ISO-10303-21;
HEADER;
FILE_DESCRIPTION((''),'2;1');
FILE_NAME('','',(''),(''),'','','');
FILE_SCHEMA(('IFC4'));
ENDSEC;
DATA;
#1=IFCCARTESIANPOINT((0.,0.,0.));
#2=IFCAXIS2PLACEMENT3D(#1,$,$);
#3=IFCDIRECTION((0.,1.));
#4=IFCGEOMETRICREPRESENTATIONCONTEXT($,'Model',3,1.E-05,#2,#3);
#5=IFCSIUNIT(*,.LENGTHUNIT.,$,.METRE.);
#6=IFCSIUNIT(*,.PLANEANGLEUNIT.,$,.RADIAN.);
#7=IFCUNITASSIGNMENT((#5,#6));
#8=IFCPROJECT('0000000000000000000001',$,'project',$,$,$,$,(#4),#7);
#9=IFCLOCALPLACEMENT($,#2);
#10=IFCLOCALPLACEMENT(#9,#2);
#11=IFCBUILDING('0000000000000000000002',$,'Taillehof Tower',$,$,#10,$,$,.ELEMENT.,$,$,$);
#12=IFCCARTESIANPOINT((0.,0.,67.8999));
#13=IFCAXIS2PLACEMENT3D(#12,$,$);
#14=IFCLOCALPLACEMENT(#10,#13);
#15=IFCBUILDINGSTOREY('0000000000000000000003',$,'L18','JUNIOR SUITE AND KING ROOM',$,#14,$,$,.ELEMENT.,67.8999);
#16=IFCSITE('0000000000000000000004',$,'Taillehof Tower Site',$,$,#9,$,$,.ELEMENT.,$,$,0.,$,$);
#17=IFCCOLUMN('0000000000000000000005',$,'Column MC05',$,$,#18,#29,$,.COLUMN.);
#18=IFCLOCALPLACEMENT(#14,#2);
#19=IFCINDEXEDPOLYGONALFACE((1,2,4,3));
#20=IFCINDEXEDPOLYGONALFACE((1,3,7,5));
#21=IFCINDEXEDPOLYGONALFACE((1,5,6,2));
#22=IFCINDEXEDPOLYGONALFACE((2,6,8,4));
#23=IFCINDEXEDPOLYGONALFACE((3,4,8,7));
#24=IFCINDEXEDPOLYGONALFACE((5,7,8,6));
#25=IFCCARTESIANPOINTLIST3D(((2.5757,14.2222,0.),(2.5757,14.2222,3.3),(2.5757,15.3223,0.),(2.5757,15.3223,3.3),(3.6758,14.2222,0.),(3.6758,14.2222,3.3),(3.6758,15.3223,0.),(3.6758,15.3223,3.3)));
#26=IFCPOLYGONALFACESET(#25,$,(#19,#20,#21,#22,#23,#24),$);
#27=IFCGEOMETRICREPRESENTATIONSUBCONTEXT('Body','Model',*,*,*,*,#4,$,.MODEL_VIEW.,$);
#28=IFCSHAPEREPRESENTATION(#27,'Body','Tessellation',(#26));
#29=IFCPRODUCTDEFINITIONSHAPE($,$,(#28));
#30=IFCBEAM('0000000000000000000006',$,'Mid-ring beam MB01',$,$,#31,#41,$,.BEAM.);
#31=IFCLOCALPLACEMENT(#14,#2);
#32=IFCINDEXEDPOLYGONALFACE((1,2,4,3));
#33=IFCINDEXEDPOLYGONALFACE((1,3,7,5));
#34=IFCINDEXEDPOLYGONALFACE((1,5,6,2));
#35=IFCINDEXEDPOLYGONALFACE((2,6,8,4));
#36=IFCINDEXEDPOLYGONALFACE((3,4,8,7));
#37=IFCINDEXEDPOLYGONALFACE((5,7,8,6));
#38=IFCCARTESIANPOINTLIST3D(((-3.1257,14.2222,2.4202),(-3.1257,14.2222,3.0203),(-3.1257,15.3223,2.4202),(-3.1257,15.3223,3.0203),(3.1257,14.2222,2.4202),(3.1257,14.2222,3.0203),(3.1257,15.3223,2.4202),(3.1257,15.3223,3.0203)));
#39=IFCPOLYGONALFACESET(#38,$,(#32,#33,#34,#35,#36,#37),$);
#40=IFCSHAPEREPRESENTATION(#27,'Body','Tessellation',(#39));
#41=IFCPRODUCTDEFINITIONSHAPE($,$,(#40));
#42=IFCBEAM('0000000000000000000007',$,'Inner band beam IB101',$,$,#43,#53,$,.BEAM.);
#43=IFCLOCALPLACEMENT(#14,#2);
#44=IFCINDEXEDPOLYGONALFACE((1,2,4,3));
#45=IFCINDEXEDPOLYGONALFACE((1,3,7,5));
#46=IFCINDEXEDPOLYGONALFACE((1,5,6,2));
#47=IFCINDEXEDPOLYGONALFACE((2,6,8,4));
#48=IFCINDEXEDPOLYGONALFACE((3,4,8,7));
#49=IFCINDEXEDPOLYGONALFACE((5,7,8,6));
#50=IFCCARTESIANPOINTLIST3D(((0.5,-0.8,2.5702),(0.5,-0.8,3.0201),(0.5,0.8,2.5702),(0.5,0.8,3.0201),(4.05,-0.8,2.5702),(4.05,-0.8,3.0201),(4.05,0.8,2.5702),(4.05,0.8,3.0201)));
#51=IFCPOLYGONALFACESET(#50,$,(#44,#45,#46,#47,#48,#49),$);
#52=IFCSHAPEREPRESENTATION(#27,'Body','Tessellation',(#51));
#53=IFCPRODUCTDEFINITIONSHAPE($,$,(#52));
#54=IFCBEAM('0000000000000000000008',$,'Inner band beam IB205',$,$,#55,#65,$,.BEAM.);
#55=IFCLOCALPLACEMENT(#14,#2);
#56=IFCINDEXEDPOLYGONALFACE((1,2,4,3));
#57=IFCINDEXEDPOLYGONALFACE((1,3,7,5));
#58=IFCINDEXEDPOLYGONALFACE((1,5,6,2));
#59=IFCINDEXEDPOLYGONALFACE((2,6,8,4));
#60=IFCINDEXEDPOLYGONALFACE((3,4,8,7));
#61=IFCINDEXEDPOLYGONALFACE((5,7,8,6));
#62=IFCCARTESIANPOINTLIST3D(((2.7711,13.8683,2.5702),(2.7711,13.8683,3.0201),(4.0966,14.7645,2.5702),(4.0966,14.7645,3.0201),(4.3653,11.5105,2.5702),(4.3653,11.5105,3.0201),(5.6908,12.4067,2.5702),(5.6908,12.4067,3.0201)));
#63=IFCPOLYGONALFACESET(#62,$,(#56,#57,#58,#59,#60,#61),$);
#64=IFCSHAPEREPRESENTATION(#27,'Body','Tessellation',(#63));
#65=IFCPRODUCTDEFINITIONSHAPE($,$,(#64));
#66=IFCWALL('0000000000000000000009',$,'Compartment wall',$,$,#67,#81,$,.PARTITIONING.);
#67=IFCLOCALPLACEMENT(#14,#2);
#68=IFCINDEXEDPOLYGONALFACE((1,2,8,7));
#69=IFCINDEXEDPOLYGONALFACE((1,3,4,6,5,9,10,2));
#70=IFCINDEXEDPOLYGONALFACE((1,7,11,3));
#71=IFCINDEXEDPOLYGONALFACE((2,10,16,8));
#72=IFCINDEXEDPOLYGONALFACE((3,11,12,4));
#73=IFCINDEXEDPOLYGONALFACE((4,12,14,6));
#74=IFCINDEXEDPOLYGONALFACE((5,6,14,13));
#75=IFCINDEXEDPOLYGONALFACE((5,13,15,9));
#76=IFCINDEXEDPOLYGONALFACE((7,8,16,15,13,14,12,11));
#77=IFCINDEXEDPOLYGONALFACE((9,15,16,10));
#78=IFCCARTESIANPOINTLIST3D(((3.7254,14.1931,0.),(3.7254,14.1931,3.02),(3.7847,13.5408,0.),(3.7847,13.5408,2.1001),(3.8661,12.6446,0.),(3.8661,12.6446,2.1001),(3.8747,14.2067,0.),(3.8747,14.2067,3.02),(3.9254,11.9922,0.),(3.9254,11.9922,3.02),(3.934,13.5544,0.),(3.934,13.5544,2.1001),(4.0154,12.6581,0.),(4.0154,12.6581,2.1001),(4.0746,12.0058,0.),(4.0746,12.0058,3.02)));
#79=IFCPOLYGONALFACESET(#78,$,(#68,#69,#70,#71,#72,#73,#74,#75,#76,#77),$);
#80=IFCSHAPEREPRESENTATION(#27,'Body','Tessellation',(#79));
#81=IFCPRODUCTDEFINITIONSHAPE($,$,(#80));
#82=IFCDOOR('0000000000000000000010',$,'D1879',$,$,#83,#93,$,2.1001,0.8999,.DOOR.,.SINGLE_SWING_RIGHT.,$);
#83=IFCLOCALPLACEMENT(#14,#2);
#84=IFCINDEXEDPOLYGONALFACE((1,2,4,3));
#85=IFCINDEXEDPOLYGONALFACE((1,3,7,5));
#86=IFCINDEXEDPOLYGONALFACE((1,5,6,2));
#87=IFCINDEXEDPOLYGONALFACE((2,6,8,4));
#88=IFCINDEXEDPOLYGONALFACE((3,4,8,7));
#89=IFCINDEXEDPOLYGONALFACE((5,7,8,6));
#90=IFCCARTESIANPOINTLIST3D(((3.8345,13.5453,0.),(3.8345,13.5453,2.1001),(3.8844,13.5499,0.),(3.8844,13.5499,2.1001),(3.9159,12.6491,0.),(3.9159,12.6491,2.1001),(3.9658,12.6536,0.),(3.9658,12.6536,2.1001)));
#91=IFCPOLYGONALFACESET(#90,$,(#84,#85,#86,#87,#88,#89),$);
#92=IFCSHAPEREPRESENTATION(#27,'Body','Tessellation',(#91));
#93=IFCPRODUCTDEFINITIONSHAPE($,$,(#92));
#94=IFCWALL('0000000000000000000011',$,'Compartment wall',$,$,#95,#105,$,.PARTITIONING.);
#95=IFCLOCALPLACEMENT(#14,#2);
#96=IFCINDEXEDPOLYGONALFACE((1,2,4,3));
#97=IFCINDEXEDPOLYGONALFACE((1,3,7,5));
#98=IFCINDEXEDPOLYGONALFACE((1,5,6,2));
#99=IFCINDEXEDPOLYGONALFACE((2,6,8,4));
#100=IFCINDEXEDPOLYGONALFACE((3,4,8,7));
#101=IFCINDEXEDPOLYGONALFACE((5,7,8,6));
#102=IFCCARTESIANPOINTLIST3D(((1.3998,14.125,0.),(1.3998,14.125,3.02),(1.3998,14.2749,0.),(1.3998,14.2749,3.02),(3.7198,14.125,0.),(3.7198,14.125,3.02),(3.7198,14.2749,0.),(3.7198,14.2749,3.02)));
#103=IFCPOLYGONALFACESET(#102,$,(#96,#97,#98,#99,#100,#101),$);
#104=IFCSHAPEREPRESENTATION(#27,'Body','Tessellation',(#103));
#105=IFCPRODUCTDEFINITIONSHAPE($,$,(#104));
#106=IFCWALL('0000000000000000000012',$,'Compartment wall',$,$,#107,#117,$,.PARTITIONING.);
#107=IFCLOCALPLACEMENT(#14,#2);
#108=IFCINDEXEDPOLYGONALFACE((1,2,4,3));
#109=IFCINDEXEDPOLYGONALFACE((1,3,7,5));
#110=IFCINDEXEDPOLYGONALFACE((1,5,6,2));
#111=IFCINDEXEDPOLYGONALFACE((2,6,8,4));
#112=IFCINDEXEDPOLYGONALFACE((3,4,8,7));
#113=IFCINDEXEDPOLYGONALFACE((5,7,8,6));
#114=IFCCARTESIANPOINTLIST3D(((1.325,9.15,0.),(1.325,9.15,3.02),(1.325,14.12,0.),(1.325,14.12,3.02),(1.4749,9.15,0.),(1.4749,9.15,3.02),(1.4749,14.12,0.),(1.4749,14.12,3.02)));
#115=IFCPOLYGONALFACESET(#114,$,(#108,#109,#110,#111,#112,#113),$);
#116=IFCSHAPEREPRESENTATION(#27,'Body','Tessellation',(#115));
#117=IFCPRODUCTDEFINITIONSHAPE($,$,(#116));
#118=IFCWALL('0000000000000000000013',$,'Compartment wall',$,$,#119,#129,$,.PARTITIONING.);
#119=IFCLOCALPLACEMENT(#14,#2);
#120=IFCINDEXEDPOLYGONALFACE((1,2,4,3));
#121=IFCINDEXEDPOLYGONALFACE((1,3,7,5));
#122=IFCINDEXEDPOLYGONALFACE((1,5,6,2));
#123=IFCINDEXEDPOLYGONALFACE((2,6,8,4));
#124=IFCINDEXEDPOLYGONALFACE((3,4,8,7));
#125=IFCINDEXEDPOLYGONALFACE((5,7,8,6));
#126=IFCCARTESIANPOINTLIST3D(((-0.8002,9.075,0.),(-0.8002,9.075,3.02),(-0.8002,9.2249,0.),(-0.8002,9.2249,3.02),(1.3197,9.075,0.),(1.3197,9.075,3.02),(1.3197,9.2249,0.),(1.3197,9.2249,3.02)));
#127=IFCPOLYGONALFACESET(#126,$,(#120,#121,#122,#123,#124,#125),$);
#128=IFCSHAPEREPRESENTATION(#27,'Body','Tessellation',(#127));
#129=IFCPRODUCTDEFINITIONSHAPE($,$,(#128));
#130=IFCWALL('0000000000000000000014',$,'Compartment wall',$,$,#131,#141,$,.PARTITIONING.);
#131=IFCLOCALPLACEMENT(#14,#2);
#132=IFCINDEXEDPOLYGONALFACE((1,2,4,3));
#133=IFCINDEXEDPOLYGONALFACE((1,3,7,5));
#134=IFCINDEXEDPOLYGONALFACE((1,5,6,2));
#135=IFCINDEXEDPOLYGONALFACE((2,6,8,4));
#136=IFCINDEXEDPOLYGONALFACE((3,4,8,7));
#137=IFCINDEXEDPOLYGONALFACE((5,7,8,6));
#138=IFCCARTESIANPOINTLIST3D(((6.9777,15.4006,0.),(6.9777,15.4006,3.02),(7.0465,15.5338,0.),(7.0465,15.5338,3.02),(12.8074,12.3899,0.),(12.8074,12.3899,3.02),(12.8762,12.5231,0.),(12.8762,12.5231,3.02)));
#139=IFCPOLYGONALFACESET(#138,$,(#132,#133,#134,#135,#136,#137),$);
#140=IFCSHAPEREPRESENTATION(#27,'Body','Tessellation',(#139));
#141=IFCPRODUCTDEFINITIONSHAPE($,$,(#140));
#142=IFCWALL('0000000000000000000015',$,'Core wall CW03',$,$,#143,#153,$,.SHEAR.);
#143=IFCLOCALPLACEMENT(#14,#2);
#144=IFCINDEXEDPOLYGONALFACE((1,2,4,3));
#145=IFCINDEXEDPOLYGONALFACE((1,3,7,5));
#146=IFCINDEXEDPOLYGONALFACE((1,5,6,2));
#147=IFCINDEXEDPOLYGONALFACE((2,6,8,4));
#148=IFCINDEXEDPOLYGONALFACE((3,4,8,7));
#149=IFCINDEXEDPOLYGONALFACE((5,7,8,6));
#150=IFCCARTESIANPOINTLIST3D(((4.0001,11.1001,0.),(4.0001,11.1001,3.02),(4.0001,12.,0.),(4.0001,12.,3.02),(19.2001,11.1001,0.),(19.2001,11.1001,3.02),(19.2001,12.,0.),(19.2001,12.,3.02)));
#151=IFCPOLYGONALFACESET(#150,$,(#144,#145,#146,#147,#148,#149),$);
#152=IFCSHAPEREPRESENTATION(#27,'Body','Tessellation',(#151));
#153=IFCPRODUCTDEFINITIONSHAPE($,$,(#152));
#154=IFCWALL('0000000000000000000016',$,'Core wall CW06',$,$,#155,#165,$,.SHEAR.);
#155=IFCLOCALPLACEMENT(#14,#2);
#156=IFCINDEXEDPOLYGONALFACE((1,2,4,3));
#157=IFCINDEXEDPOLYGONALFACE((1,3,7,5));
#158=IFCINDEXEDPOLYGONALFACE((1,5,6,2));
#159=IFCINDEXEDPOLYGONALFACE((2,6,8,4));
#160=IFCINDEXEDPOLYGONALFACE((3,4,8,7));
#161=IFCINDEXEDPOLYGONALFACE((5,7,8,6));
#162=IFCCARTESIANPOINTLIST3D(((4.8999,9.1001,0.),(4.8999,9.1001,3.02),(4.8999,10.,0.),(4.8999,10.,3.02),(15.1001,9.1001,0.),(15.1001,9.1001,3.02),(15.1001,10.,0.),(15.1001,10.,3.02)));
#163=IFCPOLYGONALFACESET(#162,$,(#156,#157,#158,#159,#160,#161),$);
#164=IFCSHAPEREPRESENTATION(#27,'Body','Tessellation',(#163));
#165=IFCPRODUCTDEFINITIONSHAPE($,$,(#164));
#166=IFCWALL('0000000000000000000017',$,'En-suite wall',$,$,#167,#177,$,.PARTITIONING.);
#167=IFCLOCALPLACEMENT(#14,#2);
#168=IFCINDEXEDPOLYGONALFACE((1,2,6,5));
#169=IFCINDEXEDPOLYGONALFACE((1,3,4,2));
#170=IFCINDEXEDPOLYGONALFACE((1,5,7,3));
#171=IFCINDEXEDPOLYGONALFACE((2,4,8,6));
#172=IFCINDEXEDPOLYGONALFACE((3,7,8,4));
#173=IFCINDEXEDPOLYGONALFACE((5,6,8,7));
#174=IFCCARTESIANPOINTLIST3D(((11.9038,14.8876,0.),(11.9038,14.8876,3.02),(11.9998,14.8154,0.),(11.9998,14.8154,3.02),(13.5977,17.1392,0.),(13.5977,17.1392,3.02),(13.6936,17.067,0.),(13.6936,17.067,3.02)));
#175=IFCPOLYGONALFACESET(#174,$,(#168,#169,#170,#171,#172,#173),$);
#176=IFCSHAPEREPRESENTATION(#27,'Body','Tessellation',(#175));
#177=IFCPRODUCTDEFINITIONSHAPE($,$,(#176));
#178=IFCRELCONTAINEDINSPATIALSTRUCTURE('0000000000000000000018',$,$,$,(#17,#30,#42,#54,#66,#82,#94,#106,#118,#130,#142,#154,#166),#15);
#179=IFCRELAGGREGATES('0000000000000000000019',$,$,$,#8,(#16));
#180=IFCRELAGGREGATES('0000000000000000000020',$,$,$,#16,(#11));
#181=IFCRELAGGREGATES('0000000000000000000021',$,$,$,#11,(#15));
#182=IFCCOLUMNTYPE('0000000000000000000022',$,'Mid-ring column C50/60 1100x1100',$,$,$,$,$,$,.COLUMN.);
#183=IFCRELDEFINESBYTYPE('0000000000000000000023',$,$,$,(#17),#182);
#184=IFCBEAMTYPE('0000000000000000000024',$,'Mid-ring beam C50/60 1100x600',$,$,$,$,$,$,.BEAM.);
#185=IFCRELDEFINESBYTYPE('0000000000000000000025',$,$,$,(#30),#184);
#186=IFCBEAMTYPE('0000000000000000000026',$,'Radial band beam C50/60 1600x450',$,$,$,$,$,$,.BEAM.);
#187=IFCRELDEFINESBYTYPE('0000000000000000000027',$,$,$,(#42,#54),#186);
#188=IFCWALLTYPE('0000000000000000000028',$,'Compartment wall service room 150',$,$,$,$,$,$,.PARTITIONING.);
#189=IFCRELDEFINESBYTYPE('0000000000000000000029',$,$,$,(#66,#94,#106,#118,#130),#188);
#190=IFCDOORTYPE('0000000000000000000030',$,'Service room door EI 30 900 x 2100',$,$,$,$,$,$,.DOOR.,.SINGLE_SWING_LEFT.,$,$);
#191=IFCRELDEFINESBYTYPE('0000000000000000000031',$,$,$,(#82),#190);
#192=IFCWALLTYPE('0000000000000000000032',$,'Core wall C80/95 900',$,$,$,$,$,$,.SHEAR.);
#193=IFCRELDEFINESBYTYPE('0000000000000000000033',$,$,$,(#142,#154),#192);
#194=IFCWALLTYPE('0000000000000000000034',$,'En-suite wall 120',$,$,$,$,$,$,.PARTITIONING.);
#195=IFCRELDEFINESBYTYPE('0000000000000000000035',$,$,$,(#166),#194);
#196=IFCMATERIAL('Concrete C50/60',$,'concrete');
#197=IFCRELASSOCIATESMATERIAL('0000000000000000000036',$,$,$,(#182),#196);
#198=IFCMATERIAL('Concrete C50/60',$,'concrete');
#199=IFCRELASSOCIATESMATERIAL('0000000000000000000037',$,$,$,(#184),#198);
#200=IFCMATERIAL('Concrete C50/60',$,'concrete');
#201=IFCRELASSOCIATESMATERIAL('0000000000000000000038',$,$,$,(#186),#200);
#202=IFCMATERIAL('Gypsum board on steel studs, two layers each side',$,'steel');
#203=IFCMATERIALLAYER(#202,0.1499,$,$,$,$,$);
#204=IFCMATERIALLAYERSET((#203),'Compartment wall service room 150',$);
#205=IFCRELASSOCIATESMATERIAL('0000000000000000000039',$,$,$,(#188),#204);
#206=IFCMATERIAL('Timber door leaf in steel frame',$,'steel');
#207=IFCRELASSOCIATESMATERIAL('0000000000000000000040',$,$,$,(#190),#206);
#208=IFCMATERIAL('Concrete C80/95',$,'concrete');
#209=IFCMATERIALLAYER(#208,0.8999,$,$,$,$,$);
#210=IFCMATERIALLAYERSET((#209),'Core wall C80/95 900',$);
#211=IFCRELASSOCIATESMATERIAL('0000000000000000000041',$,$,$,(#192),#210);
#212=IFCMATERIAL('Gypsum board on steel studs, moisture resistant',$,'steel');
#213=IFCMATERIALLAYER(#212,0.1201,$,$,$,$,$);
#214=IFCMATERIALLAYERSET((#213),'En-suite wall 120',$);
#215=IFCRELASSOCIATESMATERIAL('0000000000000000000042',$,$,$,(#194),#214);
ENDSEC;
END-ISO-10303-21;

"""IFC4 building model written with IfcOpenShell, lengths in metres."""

from ifc_helpers import new_model, si_unit, direction, frame, frame_2d, origin, origin_2d, place, context, subcontext, project, spatial, rectangle, extrude, material, layer, layer_set, material_profile, profile_set, type_object, element, fill, save


model = new_model("IFC4")

# Units and contexts
model_context = context("Model", 3, precision=1e-05, world=origin(), true_north=direction((0.0, 1.0)))
body_context = subcontext(model_context, "Body", "Model", "MODEL_VIEW")
ifc_project = project(units=[si_unit("LENGTHUNIT", "METRE"), si_unit("PLANEANGLEUNIT", "RADIAN")], contexts=[model_context])

# Site, building, storey
site_placement = place(None, origin())
site = spatial("IfcSite", under=ifc_project, at=site_placement, Name="Taillehof Tower Site", CompositionType="ELEMENT", RefElevation=0.0)
building_placement = place(site_placement, origin())
building = spatial("IfcBuilding", under=site, at=building_placement, Name="Taillehof Tower", CompositionType="ELEMENT")
storey_placement = place(building_placement, frame((0.0, 0.0, 67.8999)))
storey = spatial("IfcBuildingStorey", under=building, at=storey_placement, Name="L18", Description="JUNIOR SUITE AND KING ROOM", CompositionType="ELEMENT", Elevation=67.8999)

# Column
ifc_material_1 = material(Name="Concrete C50/60", Category="concrete")
ifc_material_profile_1 = material_profile(ifc_material_1, rectangle(XDim=1.1001, YDim=1.1001, at=origin_2d()), Name="RC 1100x1100")
ifc_profile_set_1 = profile_set([ifc_material_profile_1], Name="Concrete C50/60")
column_type = type_object("IfcColumnType", Name="Mid-ring column C50/60 1100x1100", PredefinedType="COLUMN", material=ifc_profile_set_1)
column_placement = place(storey_placement, frame((3.1257, 14.7722, 0.0), z_axis=(0.0, 0.0, 1.0), x_axis=(1.0, 0.0, 0.0)))
element("IfcColumn", 1, at=column_placement, inside=storey, type_object=column_type, Name="Column MC05", PredefinedType="COLUMN", context=body_context, shape_type="SweptSolid", body=[
    extrude(rectangle(XDim=1.1001, YDim=1.1001, at=origin_2d()), origin(), (0.0, 0.0, 1.0), 3.3),
])

# Beams
ifc_material_2 = material(Name="Concrete C50/60", Category="concrete")
ifc_material_profile_2 = material_profile(ifc_material_2, rectangle(XDim=1.1001, YDim=0.6001, at=origin_2d()), Name="RC 1100x600")
ifc_profile_set_2 = profile_set([ifc_material_profile_2], Name="Concrete C50/60")
beam_type_1 = type_object("IfcBeamType", Name="Mid-ring beam C50/60 1100x600", PredefinedType="BEAM", material=ifc_profile_set_2)
beam_1_placement = place(storey_placement, frame((3.1257, 14.7722, 2.7202), z_axis=(-1.0, 0.0, 0.0), x_axis=(0.0, -1.0, 0.0)))
element("IfcBeam", 2, at=beam_1_placement, inside=storey, type_object=beam_type_1, Name="Mid-ring beam MB01", PredefinedType="BEAM", context=body_context, shape_type="SweptSolid", body=[
    extrude(rectangle(XDim=1.1001, YDim=0.6001, at=origin_2d()), origin(), (0.0, 0.0, 1.0), 6.2515),
])
ifc_material_3 = material(Name="Concrete C50/60", Category="concrete")
ifc_material_profile_3 = material_profile(ifc_material_3, rectangle(XDim=1.6001, YDim=0.45, at=origin_2d()), Name="RC 1600x450")
ifc_profile_set_3 = profile_set([ifc_material_profile_3], Name="Concrete C50/60")
beam_type_2 = type_object("IfcBeamType", Name="Radial band beam C50/60 1600x450", PredefinedType="BEAM", material=ifc_profile_set_3)
beam_2_placement = place(storey_placement, frame((0.5, 0.0, 2.7952), z_axis=(1.0, 0.0, 0.0), x_axis=(0.0, 1.0, 0.0)))
element("IfcBeam", 3, at=beam_2_placement, inside=storey, type_object=beam_type_2, Name="Inner band beam IB101", PredefinedType="BEAM", context=body_context, shape_type="SweptSolid", body=[
    extrude(rectangle(XDim=1.6001, YDim=0.45, at=origin_2d()), origin(), (0.0, 0.0, 1.0), 3.55),
])
beam_3_placement = place(storey_placement, frame((3.4338, 14.3164, 2.7952), z_axis=(0.560112, -0.828417, 0.0), x_axis=(0.828417, 0.560112, 0.0)))
element("IfcBeam", 4, at=beam_3_placement, inside=storey, type_object=beam_type_2, Name="Inner band beam IB205", PredefinedType="BEAM", context=body_context, shape_type="SweptSolid", body=[
    extrude(rectangle(XDim=1.6001, YDim=0.45, at=origin_2d()), origin(), (0.0, 0.0, 1.0), 2.8462),
])

# Wall, opening, door
ifc_material_4 = material(Name="Gypsum board on steel studs, two layers each side", Category="steel")
ifc_layer_1 = layer(ifc_material_4, 0.1499)
ifc_layer_set_1 = layer_set([ifc_layer_1], Name="Compartment wall service room 150")
wall_type_1 = type_object("IfcWallType", Name="Compartment wall service room 150", PredefinedType="PARTITIONING", material=ifc_layer_set_1)
wall_1_placement = place(storey_placement, frame((4.0, 11.999, 0.0), z_axis=(0.0, 0.0, 1.0), x_axis=(-0.090476, 0.995899, 0.0)))
wall_1 = element("IfcWall", 5, at=wall_1_placement, inside=storey, type_object=wall_type_1, Name="Compartment wall", PredefinedType="PARTITIONING", context=body_context, shape_type="SweptSolid", body=[
    extrude(rectangle(XDim=2.21, YDim=0.1499, at=frame_2d((1.105, 0.0))), origin(), (0.0, 0.0, 1.0), 3.02),
])
opening_1_placement = place(wall_1_placement, frame((0.655, 0.0, 0.0)))
opening_1 = element("IfcOpeningElement", 6, at=opening_1_placement, cuts=wall_1, PredefinedType="OPENING", context=body_context, shape_type="SweptSolid", body=[
    extrude(rectangle(XDim=0.8999, YDim=2.1001, at=frame_2d((0.45, 1.05))), frame((0.0, 0.085, 0.0), z_axis=(0.0, -1.0, 0.0), x_axis=(1.0, 0.0, 0.0)), (0.0, 0.0, 1.0), 0.1699),
])
ifc_material_5 = material(Name="Timber door leaf in steel frame", Category="steel")
door_type_1 = type_object("IfcDoorType", Name="Service room door EI 30 900 x 2100", OperationType="SINGLE_SWING_LEFT", PredefinedType="DOOR", material=ifc_material_5)
door_1_placement = place(opening_1_placement, origin())
door_1 = element("IfcDoor", 7, at=door_1_placement, inside=storey, type_object=door_type_1, Name="D1879", OperationType="SINGLE_SWING_RIGHT", OverallHeight=2.1001, OverallWidth=0.8999, PredefinedType="DOOR", context=body_context, shape_type="SweptSolid", body=[
    extrude(rectangle(XDim=0.8999, YDim=2.1001, at=frame_2d((0.45, 1.05))), frame((0.0, 0.0249, 0.0), z_axis=(0.0, -1.0, 0.0), x_axis=(1.0, 0.0, 0.0)), (0.0, 0.0, 1.0), 0.05),
])
fill(opening_1, door_1)

# Walls
wall_2_placement = place(storey_placement, frame((3.72, 14.2, 0.0), z_axis=(0.0, 0.0, 1.0), x_axis=(-1.0, 0.0, 0.0)))
element("IfcWall", 8, at=wall_2_placement, inside=storey, type_object=wall_type_1, Name="Compartment wall", PredefinedType="PARTITIONING", context=body_context, shape_type="SweptSolid", body=[
    extrude(rectangle(XDim=2.3201, YDim=0.1499, at=frame_2d((1.1602, 0.0))), origin(), (0.0, 0.0, 1.0), 3.02),
])
wall_3_placement = place(storey_placement, frame((1.3999, 14.1199, 0.0), z_axis=(0.0, 0.0, 1.0), x_axis=(0.0, -1.0, 0.0)))
element("IfcWall", 9, at=wall_3_placement, inside=storey, type_object=wall_type_1, Name="Compartment wall", PredefinedType="PARTITIONING", context=body_context, shape_type="SweptSolid", body=[
    extrude(rectangle(XDim=4.97, YDim=0.1499, at=frame_2d((2.4849, 0.0))), origin(), (0.0, 0.0, 1.0), 3.02),
])
wall_4_placement = place(storey_placement, frame((1.3198, 9.1499, 0.0), z_axis=(0.0, 0.0, 1.0), x_axis=(-1.0, 0.0, 0.0)))
element("IfcWall", 10, at=wall_4_placement, inside=storey, type_object=wall_type_1, Name="Compartment wall", PredefinedType="PARTITIONING", context=body_context, shape_type="SweptSolid", body=[
    extrude(rectangle(XDim=2.1199, YDim=0.1499, at=frame_2d((1.0601, 0.0))), origin(), (0.0, 0.0, 1.0), 3.02),
])
wall_5_placement = place(storey_placement, frame((7.012, 15.4673, 0.0), z_axis=(0.0, 0.0, 1.0), x_axis=(0.888509, -0.458859, 0.0)))
element("IfcWall", 11, at=wall_5_placement, inside=storey, type_object=wall_type_1, Name="Compartment wall", PredefinedType="PARTITIONING", context=body_context, shape_type="SweptSolid", body=[
    extrude(rectangle(XDim=6.5613, YDim=0.1499, at=frame_2d((3.2808, 0.0))), origin(), (0.0, 0.0, 1.0), 3.02),
])
ifc_material_6 = material(Name="Concrete C80/95", Category="concrete")
ifc_layer_2 = layer(ifc_material_6, 0.8999)
ifc_layer_set_2 = layer_set([ifc_layer_2], Name="Core wall C80/95 900")
wall_type_2 = type_object("IfcWallType", Name="Core wall C80/95 900", PredefinedType="SHEAR", material=ifc_layer_set_2)
wall_6_placement = place(storey_placement, frame((4.0, 11.55, 0.0), z_axis=(0.0, 0.0, 1.0), x_axis=(1.0, 0.0, 0.0)))
element("IfcWall", 12, at=wall_6_placement, inside=storey, type_object=wall_type_2, Name="Core wall CW03", PredefinedType="SHEAR", context=body_context, shape_type="SweptSolid", body=[
    extrude(rectangle(XDim=15.2, YDim=0.8999, at=frame_2d((7.6001, 0.0))), origin(), (0.0, 0.0, 1.0), 3.02),
])
wall_7_placement = place(storey_placement, frame((4.8999, 9.55, 0.0), z_axis=(0.0, 0.0, 1.0), x_axis=(1.0, 0.0, 0.0)))
element("IfcWall", 13, at=wall_7_placement, inside=storey, type_object=wall_type_2, Name="Core wall CW06", PredefinedType="SHEAR", context=body_context, shape_type="SweptSolid", body=[
    extrude(rectangle(XDim=10.2002, YDim=0.8999, at=frame_2d((5.1001, 0.0))), origin(), (0.0, 0.0, 1.0), 3.02),
])
ifc_material_7 = material(Name="Gypsum board on steel studs, moisture resistant", Category="steel")
ifc_layer_3 = layer(ifc_material_7, 0.1201)
ifc_layer_set_3 = layer_set([ifc_layer_3], Name="En-suite wall 120")
wall_type_3 = type_object("IfcWallType", Name="En-suite wall 120", PredefinedType="PARTITIONING", material=ifc_layer_set_3)
wall_8_placement = place(storey_placement, frame((11.9519, 14.8516, 0.0), z_axis=(0.0, 0.0, 1.0), x_axis=(0.60115, 0.799136, 0.0)))
element("IfcWall", 14, at=wall_8_placement, inside=storey, type_object=wall_type_3, Name="En-suite wall", PredefinedType="PARTITIONING", context=body_context, shape_type="SweptSolid", body=[
    extrude(rectangle(XDim=2.8176, YDim=0.1201, at=frame_2d((1.4087, 0.0))), origin(), (0.0, 0.0, 1.0), 3.02),
])

save(model, "model.ifc")
